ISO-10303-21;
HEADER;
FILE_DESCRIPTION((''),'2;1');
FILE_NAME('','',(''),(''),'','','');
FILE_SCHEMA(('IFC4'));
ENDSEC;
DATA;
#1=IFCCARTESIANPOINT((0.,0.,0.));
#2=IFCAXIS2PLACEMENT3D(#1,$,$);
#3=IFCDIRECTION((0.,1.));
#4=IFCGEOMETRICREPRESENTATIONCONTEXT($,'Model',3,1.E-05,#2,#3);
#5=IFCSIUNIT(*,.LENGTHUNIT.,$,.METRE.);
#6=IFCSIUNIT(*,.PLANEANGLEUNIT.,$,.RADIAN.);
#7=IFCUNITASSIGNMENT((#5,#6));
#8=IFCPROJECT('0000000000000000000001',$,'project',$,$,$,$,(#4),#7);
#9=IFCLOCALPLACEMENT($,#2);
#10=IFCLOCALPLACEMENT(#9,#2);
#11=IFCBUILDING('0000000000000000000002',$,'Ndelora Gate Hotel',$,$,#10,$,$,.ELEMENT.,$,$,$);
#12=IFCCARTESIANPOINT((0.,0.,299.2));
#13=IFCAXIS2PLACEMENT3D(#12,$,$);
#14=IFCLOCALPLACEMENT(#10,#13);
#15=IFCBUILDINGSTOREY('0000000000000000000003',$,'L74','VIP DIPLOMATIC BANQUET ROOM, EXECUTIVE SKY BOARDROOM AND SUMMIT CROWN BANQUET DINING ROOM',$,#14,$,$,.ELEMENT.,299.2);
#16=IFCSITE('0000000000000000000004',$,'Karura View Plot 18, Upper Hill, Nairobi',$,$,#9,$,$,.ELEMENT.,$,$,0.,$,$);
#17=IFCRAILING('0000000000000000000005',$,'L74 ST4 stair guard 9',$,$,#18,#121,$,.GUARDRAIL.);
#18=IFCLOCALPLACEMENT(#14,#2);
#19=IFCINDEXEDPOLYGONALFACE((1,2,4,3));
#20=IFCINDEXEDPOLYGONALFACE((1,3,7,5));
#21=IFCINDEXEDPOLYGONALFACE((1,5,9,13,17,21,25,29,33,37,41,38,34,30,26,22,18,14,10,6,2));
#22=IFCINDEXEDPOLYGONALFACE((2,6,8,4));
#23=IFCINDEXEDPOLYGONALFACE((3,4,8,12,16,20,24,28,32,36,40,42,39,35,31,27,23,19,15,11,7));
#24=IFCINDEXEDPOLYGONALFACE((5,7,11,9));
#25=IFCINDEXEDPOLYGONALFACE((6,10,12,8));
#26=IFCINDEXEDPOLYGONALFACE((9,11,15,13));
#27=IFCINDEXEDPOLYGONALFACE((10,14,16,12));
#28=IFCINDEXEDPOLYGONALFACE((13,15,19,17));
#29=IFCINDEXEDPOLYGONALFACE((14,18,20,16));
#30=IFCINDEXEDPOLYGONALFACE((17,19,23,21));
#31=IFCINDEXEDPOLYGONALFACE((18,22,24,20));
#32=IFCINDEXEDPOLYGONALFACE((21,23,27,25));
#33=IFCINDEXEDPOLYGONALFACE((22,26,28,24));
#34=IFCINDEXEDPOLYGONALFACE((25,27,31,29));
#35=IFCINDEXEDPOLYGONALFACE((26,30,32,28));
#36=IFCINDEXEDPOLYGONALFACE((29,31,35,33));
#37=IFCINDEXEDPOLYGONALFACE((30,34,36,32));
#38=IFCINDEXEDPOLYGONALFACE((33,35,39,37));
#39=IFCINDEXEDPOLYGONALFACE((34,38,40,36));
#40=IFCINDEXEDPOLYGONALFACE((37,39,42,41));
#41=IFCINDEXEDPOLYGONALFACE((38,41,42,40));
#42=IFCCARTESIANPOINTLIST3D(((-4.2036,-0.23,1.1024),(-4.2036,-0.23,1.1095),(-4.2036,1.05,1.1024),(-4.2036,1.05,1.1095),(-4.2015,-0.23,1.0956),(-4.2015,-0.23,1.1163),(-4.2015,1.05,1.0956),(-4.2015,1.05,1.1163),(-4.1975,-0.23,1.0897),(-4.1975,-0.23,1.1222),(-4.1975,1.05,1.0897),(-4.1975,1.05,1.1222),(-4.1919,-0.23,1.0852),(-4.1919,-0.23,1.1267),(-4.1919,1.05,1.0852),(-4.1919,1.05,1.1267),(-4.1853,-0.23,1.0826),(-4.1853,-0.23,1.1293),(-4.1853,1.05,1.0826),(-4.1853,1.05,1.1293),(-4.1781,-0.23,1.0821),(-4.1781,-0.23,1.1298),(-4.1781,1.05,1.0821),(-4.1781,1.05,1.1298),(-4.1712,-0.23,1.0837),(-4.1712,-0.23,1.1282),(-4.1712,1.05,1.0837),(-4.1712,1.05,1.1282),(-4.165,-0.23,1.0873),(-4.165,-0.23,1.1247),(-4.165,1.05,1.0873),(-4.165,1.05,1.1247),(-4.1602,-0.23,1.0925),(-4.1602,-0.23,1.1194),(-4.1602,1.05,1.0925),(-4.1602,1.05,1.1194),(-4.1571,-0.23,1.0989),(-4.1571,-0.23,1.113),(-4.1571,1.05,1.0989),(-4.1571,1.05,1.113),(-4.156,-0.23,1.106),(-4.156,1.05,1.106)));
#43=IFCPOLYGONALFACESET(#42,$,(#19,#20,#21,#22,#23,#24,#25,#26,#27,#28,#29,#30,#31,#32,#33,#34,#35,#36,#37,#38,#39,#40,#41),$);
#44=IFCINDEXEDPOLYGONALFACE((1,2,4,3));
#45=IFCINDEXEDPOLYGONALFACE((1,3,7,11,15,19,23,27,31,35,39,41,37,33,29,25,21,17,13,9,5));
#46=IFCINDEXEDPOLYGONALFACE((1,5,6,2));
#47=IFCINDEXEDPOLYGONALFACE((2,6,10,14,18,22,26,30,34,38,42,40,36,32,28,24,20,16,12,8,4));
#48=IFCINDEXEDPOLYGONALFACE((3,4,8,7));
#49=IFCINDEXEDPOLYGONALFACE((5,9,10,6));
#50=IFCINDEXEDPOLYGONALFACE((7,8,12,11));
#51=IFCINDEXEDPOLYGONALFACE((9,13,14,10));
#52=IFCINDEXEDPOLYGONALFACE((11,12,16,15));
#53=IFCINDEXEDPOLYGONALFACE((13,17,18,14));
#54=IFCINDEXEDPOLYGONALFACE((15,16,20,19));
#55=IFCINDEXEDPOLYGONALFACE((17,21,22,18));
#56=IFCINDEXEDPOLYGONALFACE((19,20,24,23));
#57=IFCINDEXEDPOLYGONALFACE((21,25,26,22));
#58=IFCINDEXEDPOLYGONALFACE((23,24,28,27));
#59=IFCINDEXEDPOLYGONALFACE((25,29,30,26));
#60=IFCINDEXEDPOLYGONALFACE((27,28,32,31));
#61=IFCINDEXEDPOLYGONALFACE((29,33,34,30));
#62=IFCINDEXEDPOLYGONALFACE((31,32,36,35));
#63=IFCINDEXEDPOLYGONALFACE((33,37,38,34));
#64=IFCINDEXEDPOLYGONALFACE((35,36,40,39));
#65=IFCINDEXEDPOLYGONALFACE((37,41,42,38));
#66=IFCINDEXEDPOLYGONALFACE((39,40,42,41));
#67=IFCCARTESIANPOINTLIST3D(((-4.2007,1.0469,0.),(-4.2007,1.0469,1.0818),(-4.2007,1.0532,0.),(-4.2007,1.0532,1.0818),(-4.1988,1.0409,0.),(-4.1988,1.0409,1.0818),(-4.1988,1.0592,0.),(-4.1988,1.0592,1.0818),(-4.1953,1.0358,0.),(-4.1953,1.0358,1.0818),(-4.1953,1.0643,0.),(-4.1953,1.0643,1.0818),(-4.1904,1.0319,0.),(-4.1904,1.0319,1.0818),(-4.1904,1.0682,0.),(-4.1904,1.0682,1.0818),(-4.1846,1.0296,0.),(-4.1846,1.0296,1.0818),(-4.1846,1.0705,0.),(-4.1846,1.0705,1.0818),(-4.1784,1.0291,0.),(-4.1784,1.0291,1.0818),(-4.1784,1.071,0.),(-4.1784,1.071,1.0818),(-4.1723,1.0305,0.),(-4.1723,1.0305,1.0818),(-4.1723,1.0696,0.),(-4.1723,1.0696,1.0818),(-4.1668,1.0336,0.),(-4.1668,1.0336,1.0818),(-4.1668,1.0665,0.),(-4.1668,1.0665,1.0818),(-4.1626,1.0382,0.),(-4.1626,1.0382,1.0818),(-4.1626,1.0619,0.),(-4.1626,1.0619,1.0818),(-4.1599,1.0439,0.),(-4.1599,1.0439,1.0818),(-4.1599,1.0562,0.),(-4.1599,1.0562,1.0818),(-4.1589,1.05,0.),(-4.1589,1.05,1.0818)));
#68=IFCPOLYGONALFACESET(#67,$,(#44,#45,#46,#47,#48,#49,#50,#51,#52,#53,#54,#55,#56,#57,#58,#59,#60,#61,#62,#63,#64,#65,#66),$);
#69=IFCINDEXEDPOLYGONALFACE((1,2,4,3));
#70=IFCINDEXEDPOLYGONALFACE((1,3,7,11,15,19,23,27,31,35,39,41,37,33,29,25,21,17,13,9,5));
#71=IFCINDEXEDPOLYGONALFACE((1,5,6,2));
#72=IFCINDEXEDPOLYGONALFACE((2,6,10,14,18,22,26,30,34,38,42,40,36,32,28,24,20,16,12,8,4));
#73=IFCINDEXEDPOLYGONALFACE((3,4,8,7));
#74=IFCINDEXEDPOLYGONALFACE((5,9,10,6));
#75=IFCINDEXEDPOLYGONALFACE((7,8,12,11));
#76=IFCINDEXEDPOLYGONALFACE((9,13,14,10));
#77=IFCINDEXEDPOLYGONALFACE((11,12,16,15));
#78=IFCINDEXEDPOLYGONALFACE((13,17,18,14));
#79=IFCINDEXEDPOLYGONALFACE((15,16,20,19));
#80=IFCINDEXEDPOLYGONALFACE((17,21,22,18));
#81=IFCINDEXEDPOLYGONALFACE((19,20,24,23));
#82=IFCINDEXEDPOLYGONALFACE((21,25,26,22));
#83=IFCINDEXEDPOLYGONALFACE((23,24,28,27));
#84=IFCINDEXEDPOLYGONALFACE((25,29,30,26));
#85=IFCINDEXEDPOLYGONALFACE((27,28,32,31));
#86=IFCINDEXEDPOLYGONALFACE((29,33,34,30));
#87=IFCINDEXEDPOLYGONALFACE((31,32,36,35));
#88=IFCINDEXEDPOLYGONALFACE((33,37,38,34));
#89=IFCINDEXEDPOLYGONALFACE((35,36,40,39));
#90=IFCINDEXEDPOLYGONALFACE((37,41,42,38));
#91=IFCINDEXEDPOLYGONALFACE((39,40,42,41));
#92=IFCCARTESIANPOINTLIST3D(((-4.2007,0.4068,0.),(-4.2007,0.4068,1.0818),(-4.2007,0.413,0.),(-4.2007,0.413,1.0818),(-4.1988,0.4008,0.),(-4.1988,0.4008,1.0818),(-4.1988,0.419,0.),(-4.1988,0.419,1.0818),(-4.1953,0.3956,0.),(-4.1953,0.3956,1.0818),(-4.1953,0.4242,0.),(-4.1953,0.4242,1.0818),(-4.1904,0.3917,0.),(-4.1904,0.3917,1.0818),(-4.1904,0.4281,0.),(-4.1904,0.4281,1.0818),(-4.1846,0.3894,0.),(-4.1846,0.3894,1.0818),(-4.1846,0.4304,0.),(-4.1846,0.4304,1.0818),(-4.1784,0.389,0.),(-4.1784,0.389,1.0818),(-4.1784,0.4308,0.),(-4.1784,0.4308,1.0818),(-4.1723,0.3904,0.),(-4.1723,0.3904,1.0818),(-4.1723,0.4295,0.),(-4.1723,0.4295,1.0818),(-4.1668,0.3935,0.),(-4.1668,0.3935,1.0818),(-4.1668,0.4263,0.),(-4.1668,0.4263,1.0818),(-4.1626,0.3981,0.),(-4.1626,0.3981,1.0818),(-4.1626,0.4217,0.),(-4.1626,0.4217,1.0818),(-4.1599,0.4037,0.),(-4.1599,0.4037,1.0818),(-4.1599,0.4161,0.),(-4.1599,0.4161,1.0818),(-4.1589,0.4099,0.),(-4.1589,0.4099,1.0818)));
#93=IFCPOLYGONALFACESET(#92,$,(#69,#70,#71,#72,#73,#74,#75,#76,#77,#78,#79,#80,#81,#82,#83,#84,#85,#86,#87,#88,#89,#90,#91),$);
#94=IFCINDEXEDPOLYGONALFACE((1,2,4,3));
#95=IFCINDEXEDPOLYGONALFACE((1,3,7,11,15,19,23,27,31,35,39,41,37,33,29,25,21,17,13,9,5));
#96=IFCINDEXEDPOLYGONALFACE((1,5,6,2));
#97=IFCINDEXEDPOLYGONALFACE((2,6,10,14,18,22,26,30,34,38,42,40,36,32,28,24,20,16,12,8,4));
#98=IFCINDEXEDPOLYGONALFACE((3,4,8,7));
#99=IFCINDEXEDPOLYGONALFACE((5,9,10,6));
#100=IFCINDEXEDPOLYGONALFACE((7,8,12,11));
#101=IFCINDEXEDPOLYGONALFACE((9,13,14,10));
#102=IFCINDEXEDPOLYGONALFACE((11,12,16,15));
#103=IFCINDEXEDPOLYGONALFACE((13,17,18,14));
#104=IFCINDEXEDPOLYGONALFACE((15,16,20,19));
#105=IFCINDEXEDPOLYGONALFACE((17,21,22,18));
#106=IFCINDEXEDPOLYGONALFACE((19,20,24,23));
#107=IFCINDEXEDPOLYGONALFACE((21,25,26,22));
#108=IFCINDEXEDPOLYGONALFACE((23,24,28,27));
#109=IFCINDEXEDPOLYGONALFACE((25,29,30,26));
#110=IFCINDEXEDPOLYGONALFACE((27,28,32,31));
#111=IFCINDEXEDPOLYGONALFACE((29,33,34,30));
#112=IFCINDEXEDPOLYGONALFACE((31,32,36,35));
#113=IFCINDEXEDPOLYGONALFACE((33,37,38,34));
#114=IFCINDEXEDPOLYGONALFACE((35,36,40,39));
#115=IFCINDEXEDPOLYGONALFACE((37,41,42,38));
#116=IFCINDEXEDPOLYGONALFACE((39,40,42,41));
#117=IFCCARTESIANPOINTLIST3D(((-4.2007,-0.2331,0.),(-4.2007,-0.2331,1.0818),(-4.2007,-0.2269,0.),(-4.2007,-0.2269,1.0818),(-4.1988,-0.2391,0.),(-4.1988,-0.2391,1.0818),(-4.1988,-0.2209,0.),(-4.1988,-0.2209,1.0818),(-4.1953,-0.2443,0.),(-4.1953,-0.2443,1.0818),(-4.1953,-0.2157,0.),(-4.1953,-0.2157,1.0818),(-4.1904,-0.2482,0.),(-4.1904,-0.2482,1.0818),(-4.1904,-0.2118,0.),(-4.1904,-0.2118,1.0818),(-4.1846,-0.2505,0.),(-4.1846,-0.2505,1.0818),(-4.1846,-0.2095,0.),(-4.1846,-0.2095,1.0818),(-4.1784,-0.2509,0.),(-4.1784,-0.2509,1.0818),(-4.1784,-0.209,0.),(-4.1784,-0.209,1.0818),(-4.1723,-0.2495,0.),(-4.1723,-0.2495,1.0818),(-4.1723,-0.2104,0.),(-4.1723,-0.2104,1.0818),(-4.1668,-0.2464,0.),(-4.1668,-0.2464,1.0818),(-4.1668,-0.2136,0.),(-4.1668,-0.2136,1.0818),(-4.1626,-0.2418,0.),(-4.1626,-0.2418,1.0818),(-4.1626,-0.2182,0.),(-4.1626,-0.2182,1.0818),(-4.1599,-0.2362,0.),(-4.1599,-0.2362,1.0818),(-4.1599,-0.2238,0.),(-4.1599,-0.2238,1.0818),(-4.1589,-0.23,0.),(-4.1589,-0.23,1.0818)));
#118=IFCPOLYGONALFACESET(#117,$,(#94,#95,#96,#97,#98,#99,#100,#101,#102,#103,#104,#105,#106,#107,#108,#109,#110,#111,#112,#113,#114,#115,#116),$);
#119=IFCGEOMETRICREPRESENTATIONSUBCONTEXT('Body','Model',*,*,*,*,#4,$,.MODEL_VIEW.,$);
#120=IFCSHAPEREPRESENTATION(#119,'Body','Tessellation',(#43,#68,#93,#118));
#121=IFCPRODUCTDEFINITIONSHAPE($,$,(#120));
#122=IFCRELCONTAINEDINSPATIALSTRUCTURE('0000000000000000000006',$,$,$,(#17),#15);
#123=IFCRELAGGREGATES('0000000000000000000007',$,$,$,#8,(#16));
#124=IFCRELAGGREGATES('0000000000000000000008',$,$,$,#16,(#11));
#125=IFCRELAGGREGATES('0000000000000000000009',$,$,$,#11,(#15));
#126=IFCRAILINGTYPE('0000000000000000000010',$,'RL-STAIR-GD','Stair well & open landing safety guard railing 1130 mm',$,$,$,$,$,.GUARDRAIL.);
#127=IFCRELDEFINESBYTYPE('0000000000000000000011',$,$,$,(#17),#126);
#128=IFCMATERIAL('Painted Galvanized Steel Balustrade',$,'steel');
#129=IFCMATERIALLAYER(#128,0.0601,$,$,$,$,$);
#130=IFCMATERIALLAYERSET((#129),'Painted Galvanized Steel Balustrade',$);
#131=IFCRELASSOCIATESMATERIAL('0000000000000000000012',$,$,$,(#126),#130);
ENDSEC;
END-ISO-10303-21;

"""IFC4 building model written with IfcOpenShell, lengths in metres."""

from ifc_helpers import new_model, si_unit, direction, frame, origin, origin_2d, place, context, subcontext, project, spatial, circle, extrude, material, layer, layer_set, type_object, element, save


model = new_model("IFC4")

# Units and contexts
model_context = context("Model", 3, precision=1e-05, world=origin(), true_north=direction((0.0, 1.0)))
body_context = subcontext(model_context, "Body", "Model", "MODEL_VIEW")
ifc_project = project(units=[si_unit("LENGTHUNIT", "METRE"), si_unit("PLANEANGLEUNIT", "RADIAN")], contexts=[model_context])

# Site, building, storey
site_placement = place(None, origin())
site = spatial("IfcSite", under=ifc_project, at=site_placement, Name="Karura View Plot 18, Upper Hill, Nairobi", CompositionType="ELEMENT", RefElevation=0.0)
building_placement = place(site_placement, origin())
building = spatial("IfcBuilding", under=site, at=building_placement, Name="Ndelora Gate Hotel", CompositionType="ELEMENT")
storey_placement = place(building_placement, frame((0.0, 0.0, 299.2)))
storey = spatial("IfcBuildingStorey", under=building, at=storey_placement, Name="L74", Description="VIP DIPLOMATIC BANQUET ROOM, EXECUTIVE SKY BOARDROOM AND SUMMIT CROWN BANQUET DINING ROOM", CompositionType="ELEMENT", Elevation=299.2)

# Railing
ifc_material_1 = material(Name="Painted Galvanized Steel Balustrade", Category="steel")
ifc_layer_1 = layer(ifc_material_1, 0.0601)
ifc_layer_set_1 = layer_set([ifc_layer_1], Name="Painted Galvanized Steel Balustrade")
railing_type = type_object("IfcRailingType", Name="RL-STAIR-GD", Description="Stair well & open landing safety guard railing 1130 mm", PredefinedType="GUARDRAIL", material=ifc_layer_set_1)
for number, where, name in (
    (1, (-4.1799, 1.05, 0.0), "L74 ST4 stair guard 9"),
):
    element("IfcRailing", number, at=place(storey_placement, frame(where)), inside=storey, type_object=railing_type, Name=name, PredefinedType="GUARDRAIL", context=body_context, shape_type="SweptSolid", body=[
        extrude(circle(Radius=0.0239, at=origin_2d()), frame((0.0, 0.0, 1.106), z_axis=(0.0, -1.0, 0.0), x_axis=(1.0, 0.0, 0.0)), (0.0, 0.0, 1.0), 1.28),
        extrude(circle(Radius=0.021, at=origin_2d()), origin(), (0.0, 0.0, 1.0), 1.0818),
        extrude(circle(Radius=0.021, at=origin_2d()), frame((0.0, -0.6401, 0.0)), (0.0, 0.0, 1.0), 1.0818),
        extrude(circle(Radius=0.021, at=origin_2d()), frame((0.0, -1.28, 0.0)), (0.0, 0.0, 1.0), 1.0818),
    ])

save(model, "model.ifc")
